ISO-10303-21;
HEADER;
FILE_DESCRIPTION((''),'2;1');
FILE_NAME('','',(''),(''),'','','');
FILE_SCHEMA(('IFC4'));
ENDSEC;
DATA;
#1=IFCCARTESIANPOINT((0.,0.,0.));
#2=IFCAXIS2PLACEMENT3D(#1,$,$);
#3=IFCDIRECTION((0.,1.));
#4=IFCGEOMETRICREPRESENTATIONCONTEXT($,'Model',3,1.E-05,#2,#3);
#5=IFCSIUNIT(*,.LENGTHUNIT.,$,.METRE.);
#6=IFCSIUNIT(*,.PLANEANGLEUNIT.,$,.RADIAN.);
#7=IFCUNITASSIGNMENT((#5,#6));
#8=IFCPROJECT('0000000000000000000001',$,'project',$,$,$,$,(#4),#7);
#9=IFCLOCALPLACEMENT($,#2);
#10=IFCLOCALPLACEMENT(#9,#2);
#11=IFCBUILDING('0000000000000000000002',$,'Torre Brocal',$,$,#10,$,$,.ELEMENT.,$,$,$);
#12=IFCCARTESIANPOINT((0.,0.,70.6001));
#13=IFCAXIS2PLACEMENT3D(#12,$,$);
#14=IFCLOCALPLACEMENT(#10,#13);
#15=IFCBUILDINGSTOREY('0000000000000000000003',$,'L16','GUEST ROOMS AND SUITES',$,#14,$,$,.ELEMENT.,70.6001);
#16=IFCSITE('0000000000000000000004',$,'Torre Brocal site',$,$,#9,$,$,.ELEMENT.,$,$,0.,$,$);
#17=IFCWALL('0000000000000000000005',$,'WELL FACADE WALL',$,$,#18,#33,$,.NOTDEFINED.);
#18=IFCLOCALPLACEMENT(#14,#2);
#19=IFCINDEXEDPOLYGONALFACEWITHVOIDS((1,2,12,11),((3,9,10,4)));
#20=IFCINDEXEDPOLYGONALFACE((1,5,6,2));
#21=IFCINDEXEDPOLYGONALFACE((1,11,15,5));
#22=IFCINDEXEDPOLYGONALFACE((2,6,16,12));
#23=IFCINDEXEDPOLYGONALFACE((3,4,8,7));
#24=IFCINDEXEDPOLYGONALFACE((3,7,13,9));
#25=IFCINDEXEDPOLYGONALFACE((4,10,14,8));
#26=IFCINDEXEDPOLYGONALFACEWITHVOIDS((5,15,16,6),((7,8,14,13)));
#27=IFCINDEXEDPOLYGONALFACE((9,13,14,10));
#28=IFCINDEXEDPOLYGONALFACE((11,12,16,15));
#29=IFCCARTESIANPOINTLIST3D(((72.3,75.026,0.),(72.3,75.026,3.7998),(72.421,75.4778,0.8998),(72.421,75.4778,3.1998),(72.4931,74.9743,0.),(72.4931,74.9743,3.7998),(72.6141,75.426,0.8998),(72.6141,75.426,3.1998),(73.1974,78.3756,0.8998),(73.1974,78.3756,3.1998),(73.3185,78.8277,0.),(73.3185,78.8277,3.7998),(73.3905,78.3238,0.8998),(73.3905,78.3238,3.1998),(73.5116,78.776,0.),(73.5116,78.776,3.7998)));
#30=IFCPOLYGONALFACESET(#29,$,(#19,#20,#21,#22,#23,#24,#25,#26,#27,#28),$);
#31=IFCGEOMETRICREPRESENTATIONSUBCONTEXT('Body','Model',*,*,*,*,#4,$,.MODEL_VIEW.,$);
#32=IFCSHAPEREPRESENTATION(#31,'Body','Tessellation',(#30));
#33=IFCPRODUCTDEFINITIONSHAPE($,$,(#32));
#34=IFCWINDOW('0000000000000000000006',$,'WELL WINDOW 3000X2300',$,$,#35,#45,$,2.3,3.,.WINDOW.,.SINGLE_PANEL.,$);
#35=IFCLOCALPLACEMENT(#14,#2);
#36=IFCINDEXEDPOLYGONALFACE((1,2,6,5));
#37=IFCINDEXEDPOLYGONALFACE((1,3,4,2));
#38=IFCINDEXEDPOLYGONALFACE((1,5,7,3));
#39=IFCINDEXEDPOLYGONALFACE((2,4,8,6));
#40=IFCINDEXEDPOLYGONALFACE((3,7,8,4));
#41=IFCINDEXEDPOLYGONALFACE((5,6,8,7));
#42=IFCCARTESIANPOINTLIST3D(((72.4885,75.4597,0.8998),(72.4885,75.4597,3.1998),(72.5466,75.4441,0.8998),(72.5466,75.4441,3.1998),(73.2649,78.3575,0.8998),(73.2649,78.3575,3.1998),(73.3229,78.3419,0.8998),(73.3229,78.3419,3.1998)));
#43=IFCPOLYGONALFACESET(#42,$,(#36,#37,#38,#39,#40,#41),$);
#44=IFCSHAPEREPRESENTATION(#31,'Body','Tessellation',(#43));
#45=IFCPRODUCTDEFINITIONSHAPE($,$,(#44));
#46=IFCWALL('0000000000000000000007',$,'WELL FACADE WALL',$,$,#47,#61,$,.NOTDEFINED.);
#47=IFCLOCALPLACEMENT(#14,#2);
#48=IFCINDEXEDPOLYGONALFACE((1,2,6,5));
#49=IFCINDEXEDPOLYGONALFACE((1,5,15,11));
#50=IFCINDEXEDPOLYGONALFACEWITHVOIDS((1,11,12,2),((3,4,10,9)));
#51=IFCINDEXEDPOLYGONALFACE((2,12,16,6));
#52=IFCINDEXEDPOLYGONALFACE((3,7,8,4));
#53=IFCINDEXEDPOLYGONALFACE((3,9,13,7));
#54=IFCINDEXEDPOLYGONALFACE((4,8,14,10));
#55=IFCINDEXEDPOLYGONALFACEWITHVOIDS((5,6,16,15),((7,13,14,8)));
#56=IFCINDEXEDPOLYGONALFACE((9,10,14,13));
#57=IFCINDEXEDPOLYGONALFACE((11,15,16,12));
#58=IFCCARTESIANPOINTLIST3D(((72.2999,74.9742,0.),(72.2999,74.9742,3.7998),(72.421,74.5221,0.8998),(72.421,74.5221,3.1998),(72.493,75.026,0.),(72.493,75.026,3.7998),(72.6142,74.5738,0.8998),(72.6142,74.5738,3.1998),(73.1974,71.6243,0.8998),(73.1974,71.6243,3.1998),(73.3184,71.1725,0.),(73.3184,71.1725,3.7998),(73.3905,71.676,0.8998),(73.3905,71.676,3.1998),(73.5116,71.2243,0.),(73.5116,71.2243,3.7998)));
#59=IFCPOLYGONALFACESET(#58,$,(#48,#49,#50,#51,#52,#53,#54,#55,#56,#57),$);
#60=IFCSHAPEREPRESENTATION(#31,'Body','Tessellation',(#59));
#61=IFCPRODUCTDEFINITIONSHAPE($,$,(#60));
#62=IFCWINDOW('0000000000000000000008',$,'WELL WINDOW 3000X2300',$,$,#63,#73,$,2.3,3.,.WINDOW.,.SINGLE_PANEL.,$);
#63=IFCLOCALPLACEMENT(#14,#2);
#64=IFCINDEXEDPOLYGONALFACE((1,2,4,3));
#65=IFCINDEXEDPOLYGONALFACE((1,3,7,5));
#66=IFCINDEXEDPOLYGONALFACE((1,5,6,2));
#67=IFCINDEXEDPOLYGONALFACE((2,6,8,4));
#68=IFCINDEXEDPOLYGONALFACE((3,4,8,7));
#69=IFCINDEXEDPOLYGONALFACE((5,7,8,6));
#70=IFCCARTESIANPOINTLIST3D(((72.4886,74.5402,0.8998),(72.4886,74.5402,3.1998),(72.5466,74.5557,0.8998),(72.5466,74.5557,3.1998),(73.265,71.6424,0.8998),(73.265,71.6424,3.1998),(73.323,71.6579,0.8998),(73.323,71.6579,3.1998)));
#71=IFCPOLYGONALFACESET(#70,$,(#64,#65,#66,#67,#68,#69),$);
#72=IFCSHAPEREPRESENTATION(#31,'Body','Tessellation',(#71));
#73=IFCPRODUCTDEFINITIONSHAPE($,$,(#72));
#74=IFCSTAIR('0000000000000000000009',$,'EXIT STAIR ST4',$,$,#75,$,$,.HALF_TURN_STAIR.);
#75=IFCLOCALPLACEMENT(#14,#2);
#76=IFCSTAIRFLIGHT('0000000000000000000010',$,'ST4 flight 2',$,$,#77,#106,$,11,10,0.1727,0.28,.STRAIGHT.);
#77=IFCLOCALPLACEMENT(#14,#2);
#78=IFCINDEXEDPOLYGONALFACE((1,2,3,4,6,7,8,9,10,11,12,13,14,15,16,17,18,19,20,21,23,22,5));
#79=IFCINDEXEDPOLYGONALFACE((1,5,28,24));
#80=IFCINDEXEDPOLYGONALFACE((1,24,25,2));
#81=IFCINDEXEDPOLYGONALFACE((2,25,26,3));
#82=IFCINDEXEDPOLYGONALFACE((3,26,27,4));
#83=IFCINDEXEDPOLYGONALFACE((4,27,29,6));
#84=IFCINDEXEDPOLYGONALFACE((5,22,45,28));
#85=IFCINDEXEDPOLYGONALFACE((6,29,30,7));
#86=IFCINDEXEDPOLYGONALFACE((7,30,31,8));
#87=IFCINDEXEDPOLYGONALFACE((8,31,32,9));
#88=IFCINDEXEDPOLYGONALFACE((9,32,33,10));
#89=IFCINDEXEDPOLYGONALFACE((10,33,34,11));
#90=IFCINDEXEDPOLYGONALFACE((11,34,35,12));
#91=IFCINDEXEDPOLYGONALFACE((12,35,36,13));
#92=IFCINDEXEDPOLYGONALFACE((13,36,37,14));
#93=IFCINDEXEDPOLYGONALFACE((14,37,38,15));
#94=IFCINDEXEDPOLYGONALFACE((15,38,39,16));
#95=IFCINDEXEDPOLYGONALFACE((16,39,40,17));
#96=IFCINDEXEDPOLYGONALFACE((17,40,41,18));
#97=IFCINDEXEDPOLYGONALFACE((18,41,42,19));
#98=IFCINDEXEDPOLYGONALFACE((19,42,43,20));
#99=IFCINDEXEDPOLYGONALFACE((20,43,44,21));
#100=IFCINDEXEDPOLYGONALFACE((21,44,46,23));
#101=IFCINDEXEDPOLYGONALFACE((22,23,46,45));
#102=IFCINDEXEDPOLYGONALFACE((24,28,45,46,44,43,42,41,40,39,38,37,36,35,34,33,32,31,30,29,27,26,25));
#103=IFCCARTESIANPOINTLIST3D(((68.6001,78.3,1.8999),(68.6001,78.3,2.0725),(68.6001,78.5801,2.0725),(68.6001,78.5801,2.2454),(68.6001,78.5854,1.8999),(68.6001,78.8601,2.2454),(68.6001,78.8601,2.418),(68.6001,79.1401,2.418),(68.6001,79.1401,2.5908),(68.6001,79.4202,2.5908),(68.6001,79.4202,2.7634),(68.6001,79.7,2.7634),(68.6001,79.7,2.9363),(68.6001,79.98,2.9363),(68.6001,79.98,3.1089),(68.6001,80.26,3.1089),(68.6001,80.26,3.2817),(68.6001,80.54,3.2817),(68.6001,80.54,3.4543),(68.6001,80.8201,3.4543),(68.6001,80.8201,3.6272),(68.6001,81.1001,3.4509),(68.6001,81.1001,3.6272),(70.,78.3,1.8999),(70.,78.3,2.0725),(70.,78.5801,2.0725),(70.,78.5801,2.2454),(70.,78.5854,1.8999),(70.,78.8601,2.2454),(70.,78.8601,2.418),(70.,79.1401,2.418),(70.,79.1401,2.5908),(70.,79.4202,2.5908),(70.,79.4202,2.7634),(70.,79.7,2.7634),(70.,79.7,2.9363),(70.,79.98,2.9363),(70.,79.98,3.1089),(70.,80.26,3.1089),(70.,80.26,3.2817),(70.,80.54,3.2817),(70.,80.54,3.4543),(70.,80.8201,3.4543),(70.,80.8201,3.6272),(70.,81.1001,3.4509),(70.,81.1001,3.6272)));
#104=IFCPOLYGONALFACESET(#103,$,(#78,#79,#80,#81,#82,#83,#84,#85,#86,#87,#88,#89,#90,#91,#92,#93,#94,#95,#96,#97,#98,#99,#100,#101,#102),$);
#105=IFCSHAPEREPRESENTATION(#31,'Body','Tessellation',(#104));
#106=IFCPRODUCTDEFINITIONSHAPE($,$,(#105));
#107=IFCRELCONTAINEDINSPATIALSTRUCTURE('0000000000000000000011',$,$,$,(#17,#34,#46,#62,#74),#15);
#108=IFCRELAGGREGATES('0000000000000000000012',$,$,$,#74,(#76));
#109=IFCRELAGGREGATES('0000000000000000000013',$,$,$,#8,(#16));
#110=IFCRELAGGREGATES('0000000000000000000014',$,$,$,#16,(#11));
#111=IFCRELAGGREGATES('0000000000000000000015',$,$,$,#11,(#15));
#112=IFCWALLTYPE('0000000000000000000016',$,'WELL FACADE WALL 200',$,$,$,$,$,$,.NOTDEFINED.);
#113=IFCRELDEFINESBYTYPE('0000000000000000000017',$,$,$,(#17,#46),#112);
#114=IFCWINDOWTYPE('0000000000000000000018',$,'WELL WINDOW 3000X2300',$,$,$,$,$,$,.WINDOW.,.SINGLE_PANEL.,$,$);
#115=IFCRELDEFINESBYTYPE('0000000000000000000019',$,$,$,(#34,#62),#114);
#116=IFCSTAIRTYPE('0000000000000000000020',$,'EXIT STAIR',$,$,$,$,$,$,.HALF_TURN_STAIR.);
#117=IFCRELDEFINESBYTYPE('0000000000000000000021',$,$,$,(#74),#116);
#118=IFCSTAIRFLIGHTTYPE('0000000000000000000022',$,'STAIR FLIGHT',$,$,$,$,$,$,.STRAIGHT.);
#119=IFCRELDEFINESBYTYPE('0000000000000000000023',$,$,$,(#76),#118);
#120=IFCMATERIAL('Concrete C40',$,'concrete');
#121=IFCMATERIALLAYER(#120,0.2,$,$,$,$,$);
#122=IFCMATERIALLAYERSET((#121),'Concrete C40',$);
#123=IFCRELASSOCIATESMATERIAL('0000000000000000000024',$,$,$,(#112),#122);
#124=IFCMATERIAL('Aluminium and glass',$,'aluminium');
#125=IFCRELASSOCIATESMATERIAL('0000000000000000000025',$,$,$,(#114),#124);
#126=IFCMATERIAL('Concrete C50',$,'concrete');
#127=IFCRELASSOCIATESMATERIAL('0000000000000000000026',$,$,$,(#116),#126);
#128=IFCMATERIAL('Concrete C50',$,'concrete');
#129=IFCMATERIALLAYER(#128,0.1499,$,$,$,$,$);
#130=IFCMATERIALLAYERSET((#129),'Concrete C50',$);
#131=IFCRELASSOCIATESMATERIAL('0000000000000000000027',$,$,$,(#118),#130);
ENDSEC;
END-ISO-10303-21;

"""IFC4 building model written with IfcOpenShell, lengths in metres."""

from ifc_helpers import new_model, si_unit, direction, frame, frame_2d, origin, place, context, subcontext, project, spatial, polyline, rectangle, outline, extrude, material, layer, layer_set, type_object, element, fill, aggregate, save


model = new_model("IFC4")

# Units and contexts
model_context = context("Model", 3, precision=1e-05, world=origin(), true_north=direction((0.0, 1.0)))
body_context = subcontext(model_context, "Body", "Model", "MODEL_VIEW")
ifc_project = project(units=[si_unit("LENGTHUNIT", "METRE"), si_unit("PLANEANGLEUNIT", "RADIAN")], contexts=[model_context])

# Site, building, storey
site_placement = place(None, origin())
site = spatial("IfcSite", under=ifc_project, at=site_placement, Name="Torre Brocal site", CompositionType="ELEMENT", RefElevation=0.0)
building_placement = place(site_placement, origin())
building = spatial("IfcBuilding", under=site, at=building_placement, Name="Torre Brocal", CompositionType="ELEMENT")
storey_placement = place(building_placement, frame((0.0, 0.0, 70.6001)))
storey = spatial("IfcBuildingStorey", under=building, at=storey_placement, Name="L16", Description="GUEST ROOMS AND SUITES", CompositionType="ELEMENT", Elevation=70.6001)

# Walls, openings, windows
ifc_material_1 = material(Name="Concrete C40", Category="concrete")
ifc_layer_1 = layer(ifc_material_1, 0.2)
ifc_layer_set_1 = layer_set([ifc_layer_1], Name="Concrete C40")
wall_type_1 = type_object("IfcWallType", Name="WELL FACADE WALL 200", PredefinedType="NOTDEFINED", material=ifc_layer_set_1)
wall_1_placement = place(storey_placement, frame((73.415, 78.8018, 0.0), z_axis=(0.0, 0.0, 1.0), x_axis=(-0.25879, -0.965934, 0.0)))
wall_1 = element("IfcWall", 1, at=wall_1_placement, inside=storey, type_object=wall_type_1, Name="WELL FACADE WALL", PredefinedType="NOTDEFINED", context=body_context, shape_type="SweptSolid", body=[
    extrude(rectangle(XDim=3.9358, YDim=0.2, at=frame_2d((1.9678, 0.0))), origin(), (0.0, 0.0, 1.0), 3.7998),
])
opening_1_placement = place(wall_1_placement, frame((0.468, 0.0, 0.8999)))
opening_1 = element("IfcOpeningElement", 2, at=opening_1_placement, cuts=wall_1, PredefinedType="OPENING", context=body_context, shape_type="SweptSolid", body=[
    extrude(rectangle(XDim=3.0, YDim=2.3, at=frame_2d((1.5, 1.1499))), frame((0.0, 0.1099, 0.0), z_axis=(0.0, -1.0, 0.0), x_axis=(1.0, 0.0, 0.0)), (0.0, 0.0, 1.0), 0.22),
])
ifc_material_2 = material(Name="Aluminium and glass", Category="aluminium")
window_type = type_object("IfcWindowType", Name="WELL WINDOW 3000X2300", PartitioningType="SINGLE_PANEL", PredefinedType="WINDOW", material=ifc_material_2)
window_1_placement = place(opening_1_placement, origin())
window_1 = element("IfcWindow", 3, at=window_1_placement, inside=storey, type_object=window_type, Name="WELL WINDOW 3000X2300", OverallHeight=2.3, OverallWidth=3.0, PartitioningType="SINGLE_PANEL", PredefinedType="WINDOW", context=body_context, shape_type="SweptSolid", body=[
    extrude(rectangle(XDim=3.0, YDim=2.3, at=frame_2d((1.5, 1.1499))), frame((0.0, 0.03, 0.0), z_axis=(0.0, -1.0, 0.0), x_axis=(1.0, 0.0, 0.0)), (0.0, 0.0, 1.0), 0.0601),
])
fill(opening_1, window_1)
wall_2_placement = place(storey_placement, frame((72.3965, 75.0, 0.0), z_axis=(0.0, 0.0, 1.0), x_axis=(0.25879, -0.965934, 0.0)))
wall_2 = element("IfcWall", 4, at=wall_2_placement, inside=storey, type_object=wall_type_1, Name="WELL FACADE WALL", PredefinedType="NOTDEFINED", context=body_context, shape_type="SweptSolid", body=[
    extrude(rectangle(XDim=3.9358, YDim=0.2, at=frame_2d((1.9678, 0.0))), origin(), (0.0, 0.0, 1.0), 3.7998),
])
opening_2_placement = place(wall_2_placement, frame((0.468, 0.0, 0.8999)))
opening_2 = element("IfcOpeningElement", 5, at=opening_2_placement, cuts=wall_2, PredefinedType="OPENING", context=body_context, shape_type="SweptSolid", body=[
    extrude(rectangle(XDim=3.0, YDim=2.3, at=frame_2d((1.5, 1.1499))), frame((0.0, 0.1099, 0.0), z_axis=(0.0, -1.0, 0.0), x_axis=(1.0, 0.0, 0.0)), (0.0, 0.0, 1.0), 0.22),
])
window_2_placement = place(opening_2_placement, origin())
window_2 = element("IfcWindow", 6, at=window_2_placement, inside=storey, type_object=window_type, Name="WELL WINDOW 3000X2300", OverallHeight=2.3, OverallWidth=3.0, PartitioningType="SINGLE_PANEL", PredefinedType="WINDOW", context=body_context, shape_type="SweptSolid", body=[
    extrude(rectangle(XDim=3.0, YDim=2.3, at=frame_2d((1.5, 1.1499))), frame((0.0, 0.03, 0.0), z_axis=(0.0, -1.0, 0.0), x_axis=(1.0, 0.0, 0.0)), (0.0, 0.0, 1.0), 0.0601),
])
fill(opening_2, window_2)

# Stair, stair flight
ifc_material_3 = material(Name="Concrete C50", Category="concrete")
stair_type = type_object("IfcStairType", Name="EXIT STAIR", PredefinedType="HALF_TURN_STAIR", material=ifc_material_3)
stair_placement = place(storey_placement, origin())
stair = element("IfcStair", 7, at=stair_placement, inside=storey, type_object=stair_type, Name="EXIT STAIR ST4", PredefinedType="HALF_TURN_STAIR")
ifc_material_4 = material(Name="Concrete C50", Category="concrete")
ifc_layer_2 = layer(ifc_material_4, 0.1499)
ifc_layer_set_2 = layer_set([ifc_layer_2], Name="Concrete C50")
stair_flight_type = type_object("IfcStairFlightType", Name="STAIR FLIGHT", PredefinedType="STRAIGHT", material=ifc_layer_set_2)
stair_flight_placement = place(storey_placement, frame((69.3, 78.3, 1.8999), z_axis=(0.0, 0.0, 1.0), x_axis=(0.0, 1.0, 0.0)))
stair_flight = element("IfcStairFlight", 8, at=stair_flight_placement, type_object=stair_flight_type, Name="ST4 flight 2", NumberOfRisers=11, NumberOfTreads=10, PredefinedType="STRAIGHT", RiserHeight=0.1727, TreadLength=0.28, context=body_context, shape_type="SweptSolid", body=[
    extrude(outline(polyline([(0.0, 0.0), (0.0, 0.1726), (0.28, 0.1726), (0.28, 0.3455), (0.5601, 0.3455), (0.5601, 0.5181), (0.8401, 0.5181), (0.8401, 0.6909), (1.1201, 0.6909), (1.1201, 0.8635), (1.3999, 0.8635), (1.3999, 1.0364), (1.6799, 1.0364), (1.6799, 1.209), (1.96, 1.209), (1.96, 1.3818), (2.24, 1.3818), (2.24, 1.5544), (2.52, 1.5544), (2.52, 1.7273), (2.8, 1.7273), (2.8, 1.8999), (2.8, 1.551), (0.2854, 0.0), (0.0, 0.0)])), frame((0.0, 0.7, 0.0), z_axis=(0.0, -1.0, 0.0), x_axis=(1.0, 0.0, 0.0)), (0.0, 0.0, 1.0), 1.3999),
])
aggregate(stair, [stair_flight])

save(model, "model.ifc")
